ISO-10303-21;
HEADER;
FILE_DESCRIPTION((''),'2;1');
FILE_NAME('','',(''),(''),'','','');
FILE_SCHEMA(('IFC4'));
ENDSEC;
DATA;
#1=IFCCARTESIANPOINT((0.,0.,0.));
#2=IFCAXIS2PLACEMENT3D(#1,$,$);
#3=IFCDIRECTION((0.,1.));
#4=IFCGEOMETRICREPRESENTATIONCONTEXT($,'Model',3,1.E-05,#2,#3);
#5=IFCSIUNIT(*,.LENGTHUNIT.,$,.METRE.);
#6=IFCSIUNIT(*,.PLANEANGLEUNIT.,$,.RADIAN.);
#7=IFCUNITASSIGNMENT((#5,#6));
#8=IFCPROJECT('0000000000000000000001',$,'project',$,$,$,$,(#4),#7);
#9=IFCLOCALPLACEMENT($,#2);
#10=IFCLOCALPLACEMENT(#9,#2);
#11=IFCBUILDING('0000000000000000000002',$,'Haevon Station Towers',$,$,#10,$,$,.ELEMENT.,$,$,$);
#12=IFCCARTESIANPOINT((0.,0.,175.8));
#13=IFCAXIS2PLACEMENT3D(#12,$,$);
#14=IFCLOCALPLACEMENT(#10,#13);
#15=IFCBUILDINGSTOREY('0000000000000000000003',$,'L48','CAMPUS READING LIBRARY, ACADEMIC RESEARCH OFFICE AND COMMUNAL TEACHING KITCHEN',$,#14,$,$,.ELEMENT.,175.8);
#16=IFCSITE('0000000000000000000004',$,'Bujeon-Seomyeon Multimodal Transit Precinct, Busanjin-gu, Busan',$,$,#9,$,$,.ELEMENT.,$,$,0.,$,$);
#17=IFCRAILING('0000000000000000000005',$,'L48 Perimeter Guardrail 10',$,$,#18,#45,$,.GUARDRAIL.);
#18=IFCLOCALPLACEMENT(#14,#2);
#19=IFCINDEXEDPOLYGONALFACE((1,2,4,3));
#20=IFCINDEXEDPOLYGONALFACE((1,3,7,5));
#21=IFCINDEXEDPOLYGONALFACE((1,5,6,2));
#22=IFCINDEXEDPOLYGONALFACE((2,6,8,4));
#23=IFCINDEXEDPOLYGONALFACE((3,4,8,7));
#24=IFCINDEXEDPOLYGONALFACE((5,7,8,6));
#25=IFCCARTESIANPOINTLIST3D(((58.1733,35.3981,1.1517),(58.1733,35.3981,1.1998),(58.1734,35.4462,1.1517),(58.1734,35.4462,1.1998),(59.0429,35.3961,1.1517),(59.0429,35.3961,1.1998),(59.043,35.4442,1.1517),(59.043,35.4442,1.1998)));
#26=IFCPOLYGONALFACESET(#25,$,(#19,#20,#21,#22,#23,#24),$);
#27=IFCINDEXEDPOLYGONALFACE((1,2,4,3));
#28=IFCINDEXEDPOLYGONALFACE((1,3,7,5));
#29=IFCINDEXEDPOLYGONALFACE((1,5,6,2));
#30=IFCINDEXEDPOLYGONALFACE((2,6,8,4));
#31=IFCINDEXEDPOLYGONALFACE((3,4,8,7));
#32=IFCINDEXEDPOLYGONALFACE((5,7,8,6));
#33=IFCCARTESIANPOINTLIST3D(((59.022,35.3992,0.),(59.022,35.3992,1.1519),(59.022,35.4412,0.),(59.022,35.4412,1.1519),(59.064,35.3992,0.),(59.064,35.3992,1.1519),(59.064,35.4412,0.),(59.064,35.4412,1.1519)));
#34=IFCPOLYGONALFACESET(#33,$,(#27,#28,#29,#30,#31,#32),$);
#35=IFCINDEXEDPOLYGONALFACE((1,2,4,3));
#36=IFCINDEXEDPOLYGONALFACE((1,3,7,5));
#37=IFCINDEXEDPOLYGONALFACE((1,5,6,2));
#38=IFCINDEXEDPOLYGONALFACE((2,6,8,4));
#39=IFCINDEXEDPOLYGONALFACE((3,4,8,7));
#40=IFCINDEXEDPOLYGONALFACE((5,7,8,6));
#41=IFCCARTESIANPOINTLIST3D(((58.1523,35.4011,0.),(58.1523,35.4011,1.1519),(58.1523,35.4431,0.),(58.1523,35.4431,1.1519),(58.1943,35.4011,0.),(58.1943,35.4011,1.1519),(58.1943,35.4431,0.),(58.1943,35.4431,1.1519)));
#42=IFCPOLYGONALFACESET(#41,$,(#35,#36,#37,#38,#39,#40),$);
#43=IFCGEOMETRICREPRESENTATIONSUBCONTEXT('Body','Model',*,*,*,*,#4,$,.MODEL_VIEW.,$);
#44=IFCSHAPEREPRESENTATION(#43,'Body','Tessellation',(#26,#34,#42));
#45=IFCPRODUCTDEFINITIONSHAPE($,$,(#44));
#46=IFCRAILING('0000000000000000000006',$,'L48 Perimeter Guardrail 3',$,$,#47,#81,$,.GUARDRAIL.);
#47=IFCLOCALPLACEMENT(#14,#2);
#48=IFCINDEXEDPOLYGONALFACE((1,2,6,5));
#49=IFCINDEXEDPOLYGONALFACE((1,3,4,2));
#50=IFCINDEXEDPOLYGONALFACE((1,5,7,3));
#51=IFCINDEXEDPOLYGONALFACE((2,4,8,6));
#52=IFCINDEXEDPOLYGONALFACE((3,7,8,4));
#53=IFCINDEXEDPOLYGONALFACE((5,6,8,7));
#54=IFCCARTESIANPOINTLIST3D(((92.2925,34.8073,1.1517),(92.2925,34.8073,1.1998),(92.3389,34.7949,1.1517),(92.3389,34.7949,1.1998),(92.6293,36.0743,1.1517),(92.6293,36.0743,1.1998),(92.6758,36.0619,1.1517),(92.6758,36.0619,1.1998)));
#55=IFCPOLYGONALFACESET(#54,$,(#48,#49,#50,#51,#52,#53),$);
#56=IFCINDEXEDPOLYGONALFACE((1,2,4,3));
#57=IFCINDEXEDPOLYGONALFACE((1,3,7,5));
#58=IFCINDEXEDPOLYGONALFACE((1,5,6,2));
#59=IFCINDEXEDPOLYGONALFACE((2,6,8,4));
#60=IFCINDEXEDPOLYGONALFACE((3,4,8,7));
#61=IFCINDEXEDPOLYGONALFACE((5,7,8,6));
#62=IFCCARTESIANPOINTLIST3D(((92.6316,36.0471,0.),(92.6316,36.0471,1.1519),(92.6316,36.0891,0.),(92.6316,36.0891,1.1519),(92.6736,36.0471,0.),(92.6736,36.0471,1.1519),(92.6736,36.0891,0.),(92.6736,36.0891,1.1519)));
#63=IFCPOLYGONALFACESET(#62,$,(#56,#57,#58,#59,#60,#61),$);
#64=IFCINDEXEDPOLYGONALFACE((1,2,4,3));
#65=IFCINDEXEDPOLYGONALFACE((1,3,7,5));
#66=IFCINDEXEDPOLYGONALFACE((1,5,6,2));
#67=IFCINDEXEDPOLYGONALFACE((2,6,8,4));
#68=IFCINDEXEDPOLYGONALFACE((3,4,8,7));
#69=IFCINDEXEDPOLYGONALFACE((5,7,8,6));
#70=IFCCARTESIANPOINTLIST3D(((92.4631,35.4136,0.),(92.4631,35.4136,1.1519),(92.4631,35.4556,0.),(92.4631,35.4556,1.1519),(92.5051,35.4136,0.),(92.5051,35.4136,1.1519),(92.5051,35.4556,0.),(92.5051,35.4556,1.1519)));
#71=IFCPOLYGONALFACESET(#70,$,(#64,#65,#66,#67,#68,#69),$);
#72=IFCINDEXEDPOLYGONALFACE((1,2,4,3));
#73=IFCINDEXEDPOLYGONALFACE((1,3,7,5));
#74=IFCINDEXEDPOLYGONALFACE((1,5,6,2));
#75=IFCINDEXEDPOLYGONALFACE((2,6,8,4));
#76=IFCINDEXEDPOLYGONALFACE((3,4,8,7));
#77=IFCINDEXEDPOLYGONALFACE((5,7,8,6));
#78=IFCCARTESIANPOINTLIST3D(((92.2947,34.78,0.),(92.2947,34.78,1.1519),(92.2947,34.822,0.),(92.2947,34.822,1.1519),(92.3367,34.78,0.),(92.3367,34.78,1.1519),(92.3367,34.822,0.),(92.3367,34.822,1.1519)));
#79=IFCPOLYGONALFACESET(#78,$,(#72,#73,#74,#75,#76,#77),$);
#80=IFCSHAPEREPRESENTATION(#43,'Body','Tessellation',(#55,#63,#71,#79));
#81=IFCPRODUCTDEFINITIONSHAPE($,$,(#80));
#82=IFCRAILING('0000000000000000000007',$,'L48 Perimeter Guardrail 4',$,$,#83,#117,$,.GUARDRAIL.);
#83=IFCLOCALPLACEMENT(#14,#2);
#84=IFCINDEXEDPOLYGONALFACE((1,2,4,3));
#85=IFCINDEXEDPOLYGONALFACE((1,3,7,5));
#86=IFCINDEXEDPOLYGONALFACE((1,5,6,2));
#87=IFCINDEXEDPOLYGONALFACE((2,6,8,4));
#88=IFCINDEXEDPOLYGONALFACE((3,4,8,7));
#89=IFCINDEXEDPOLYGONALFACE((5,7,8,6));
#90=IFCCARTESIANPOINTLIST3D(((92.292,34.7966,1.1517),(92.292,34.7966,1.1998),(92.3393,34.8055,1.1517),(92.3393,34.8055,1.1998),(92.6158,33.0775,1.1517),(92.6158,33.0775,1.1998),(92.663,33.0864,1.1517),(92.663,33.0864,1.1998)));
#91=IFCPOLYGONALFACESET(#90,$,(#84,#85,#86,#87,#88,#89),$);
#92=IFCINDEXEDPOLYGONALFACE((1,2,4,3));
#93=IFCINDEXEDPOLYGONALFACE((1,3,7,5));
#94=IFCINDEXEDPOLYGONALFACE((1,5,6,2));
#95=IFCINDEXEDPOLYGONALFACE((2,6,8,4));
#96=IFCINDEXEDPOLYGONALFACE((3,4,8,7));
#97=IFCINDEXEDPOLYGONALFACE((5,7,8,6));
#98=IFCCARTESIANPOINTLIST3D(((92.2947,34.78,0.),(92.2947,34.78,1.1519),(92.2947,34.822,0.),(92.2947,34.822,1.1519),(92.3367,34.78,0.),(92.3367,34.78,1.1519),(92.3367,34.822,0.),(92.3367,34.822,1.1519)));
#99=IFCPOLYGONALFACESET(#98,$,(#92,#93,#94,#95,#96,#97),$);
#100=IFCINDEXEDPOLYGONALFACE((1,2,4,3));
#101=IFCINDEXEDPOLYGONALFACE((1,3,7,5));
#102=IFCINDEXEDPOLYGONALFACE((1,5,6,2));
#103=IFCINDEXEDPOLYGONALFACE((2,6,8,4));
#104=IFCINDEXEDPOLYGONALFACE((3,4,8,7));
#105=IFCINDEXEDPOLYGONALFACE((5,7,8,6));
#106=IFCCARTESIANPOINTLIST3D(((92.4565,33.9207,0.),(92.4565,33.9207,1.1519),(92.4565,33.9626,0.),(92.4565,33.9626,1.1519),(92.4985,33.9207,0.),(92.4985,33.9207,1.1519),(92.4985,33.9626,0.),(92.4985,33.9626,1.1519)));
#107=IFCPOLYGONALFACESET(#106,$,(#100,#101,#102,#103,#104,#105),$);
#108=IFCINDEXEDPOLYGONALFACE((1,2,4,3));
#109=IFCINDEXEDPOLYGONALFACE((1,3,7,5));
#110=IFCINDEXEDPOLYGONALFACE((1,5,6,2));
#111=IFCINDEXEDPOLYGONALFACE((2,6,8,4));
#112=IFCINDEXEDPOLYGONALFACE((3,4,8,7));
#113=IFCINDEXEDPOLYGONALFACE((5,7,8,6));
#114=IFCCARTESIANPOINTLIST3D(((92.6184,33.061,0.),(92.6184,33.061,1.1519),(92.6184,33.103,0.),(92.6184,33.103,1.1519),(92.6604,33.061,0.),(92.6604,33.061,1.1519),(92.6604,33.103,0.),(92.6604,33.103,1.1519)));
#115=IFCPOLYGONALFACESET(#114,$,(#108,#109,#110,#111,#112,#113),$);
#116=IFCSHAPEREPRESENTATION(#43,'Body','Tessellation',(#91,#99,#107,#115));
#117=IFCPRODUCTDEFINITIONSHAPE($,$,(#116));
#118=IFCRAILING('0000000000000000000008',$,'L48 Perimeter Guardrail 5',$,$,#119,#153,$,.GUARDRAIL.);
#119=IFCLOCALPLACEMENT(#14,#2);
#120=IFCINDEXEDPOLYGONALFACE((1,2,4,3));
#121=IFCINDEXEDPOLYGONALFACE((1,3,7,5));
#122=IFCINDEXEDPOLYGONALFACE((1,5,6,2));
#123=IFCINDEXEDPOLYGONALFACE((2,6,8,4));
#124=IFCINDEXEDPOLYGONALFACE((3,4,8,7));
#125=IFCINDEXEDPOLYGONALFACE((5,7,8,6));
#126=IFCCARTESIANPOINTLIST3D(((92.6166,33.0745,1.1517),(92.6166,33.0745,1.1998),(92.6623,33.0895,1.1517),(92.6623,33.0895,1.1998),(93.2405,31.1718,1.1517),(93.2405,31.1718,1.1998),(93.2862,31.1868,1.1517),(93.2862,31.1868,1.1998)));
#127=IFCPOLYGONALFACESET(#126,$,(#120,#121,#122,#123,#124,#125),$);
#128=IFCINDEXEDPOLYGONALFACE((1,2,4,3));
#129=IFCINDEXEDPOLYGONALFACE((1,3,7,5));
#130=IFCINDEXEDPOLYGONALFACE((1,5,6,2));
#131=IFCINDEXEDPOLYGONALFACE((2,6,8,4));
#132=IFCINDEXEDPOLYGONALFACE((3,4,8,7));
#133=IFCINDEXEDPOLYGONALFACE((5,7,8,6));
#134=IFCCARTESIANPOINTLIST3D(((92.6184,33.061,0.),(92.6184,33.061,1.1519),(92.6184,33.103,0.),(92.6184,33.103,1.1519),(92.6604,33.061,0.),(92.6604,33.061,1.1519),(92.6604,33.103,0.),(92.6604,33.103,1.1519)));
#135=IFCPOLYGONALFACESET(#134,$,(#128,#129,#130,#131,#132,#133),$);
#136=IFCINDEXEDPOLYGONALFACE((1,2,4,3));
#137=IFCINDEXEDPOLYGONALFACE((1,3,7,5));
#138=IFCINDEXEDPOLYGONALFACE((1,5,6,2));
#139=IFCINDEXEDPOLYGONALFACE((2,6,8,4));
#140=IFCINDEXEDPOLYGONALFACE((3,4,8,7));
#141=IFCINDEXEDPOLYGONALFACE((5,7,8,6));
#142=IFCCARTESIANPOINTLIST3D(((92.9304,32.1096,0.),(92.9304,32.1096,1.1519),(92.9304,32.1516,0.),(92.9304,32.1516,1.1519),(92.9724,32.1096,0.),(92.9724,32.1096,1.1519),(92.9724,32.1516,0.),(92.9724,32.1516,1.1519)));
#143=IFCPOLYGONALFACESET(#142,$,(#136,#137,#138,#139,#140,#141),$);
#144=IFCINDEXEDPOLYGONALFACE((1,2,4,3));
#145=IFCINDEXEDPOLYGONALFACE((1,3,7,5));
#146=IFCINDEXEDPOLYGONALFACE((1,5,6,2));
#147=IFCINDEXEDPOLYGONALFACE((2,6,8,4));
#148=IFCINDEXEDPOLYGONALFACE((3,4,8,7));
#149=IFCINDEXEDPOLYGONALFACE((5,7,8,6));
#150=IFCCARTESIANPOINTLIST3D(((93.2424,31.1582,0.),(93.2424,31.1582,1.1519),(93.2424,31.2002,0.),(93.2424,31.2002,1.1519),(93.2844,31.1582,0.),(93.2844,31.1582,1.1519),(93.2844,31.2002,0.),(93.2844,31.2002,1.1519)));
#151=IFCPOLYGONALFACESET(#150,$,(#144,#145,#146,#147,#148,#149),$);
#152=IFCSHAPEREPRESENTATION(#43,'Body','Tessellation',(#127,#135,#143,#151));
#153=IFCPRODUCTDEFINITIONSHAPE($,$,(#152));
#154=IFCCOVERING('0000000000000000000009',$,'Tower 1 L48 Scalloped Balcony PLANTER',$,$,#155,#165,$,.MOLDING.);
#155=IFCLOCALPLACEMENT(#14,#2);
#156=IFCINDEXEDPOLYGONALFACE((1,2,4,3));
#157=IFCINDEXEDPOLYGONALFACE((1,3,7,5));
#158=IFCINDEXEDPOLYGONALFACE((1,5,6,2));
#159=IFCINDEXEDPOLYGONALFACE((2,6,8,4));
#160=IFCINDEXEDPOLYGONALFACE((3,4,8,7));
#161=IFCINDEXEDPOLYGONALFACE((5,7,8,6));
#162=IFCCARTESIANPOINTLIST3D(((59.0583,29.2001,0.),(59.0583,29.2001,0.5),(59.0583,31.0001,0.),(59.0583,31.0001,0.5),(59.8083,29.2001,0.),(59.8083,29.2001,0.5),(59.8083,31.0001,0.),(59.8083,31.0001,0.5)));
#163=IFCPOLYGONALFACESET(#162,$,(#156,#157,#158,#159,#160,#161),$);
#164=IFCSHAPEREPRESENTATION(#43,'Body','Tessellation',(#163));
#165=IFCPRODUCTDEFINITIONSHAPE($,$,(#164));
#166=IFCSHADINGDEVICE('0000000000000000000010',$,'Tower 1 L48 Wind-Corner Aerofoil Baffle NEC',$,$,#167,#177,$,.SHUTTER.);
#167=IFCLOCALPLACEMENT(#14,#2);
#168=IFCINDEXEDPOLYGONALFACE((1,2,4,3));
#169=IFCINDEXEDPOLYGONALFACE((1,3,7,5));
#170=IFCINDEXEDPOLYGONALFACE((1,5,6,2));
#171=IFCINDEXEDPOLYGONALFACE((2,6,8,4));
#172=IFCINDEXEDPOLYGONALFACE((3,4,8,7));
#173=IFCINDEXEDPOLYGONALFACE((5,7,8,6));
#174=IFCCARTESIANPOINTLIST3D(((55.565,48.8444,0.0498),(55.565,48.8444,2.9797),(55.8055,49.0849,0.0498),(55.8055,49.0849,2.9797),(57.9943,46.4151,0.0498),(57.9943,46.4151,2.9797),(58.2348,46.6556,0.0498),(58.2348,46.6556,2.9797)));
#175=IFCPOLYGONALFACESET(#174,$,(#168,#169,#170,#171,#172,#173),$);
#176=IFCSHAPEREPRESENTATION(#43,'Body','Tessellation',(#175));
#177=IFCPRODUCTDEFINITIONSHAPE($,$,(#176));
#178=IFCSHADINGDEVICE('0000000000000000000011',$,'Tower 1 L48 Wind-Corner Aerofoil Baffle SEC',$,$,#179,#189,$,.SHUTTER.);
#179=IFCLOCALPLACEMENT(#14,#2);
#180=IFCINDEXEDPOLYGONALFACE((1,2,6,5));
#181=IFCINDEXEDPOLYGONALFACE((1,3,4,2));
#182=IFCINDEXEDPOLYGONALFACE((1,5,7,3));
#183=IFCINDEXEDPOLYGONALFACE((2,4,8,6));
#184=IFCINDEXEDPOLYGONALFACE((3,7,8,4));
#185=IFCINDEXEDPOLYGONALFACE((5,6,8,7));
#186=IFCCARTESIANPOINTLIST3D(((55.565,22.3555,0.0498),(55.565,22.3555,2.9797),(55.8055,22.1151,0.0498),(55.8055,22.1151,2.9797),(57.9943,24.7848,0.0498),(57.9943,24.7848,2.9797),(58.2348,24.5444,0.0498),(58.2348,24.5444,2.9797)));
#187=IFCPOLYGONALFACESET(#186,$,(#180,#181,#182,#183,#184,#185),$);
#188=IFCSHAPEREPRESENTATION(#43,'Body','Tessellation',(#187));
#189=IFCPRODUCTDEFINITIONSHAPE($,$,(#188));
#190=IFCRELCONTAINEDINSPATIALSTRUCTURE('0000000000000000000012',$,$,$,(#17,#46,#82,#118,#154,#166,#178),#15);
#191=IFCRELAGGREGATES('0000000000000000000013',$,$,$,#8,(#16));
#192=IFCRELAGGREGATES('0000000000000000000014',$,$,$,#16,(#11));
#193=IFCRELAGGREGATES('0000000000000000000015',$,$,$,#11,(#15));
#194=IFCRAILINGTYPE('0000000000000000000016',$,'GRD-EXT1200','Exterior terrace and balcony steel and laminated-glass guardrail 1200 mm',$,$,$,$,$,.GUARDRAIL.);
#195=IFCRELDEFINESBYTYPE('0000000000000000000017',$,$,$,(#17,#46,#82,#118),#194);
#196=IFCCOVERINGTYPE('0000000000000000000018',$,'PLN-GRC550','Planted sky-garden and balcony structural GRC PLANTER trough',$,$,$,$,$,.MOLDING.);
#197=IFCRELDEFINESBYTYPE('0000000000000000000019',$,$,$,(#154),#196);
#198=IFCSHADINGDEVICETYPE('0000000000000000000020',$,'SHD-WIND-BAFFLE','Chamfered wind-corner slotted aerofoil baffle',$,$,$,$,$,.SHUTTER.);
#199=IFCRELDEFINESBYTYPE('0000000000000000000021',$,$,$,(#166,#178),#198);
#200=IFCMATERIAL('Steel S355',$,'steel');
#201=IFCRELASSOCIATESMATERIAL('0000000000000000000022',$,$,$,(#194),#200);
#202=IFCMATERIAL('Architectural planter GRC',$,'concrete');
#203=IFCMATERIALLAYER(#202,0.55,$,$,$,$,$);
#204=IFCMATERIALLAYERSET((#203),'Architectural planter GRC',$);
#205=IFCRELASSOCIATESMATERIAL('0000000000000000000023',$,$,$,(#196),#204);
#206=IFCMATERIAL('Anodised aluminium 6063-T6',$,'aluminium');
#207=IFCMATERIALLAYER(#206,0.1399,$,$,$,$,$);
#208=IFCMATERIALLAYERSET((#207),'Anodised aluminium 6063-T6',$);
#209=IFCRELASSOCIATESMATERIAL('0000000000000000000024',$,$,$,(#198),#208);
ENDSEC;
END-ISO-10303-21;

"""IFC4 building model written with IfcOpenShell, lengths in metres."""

from ifc_helpers import new_model, si_unit, direction, frame, origin, origin_2d, place, context, subcontext, project, spatial, rectangle, extrude, material, layer, layer_set, type_object, element, save


model = new_model("IFC4")

# Units and contexts
model_context = context("Model", 3, precision=1e-05, world=origin(), true_north=direction((0.0, 1.0)))
body_context = subcontext(model_context, "Body", "Model", "MODEL_VIEW")
ifc_project = project(units=[si_unit("LENGTHUNIT", "METRE"), si_unit("PLANEANGLEUNIT", "RADIAN")], contexts=[model_context])

# Site, building, storey
site_placement = place(None, origin())
site = spatial("IfcSite", under=ifc_project, at=site_placement, Name="Bujeon-Seomyeon Multimodal Transit Precinct, Busanjin-gu, Busan", CompositionType="ELEMENT", RefElevation=0.0)
building_placement = place(site_placement, origin())
building = spatial("IfcBuilding", under=site, at=building_placement, Name="Haevon Station Towers", CompositionType="ELEMENT")
storey_placement = place(building_placement, frame((0.0, 0.0, 175.8)))
storey = spatial("IfcBuildingStorey", under=building, at=storey_placement, Name="L48", Description="CAMPUS READING LIBRARY, ACADEMIC RESEARCH OFFICE AND COMMUNAL TEACHING KITCHEN", CompositionType="ELEMENT", Elevation=175.8)

# Shared definitions
ifc_material_1 = material(Name="Steel S355", Category="steel")

# Railings
railing_type = type_object("IfcRailingType", Name="GRD-EXT1200", Description="Exterior terrace and balcony steel and laminated-glass guardrail 1200 mm", PredefinedType="GUARDRAIL", material=ifc_material_1)
railing_1_placement = place(storey_placement, frame((59.043, 35.4202, 0.0)))
element("IfcRailing", 1, at=railing_1_placement, inside=storey, type_object=railing_type, Name="L48 Perimeter Guardrail 10", PredefinedType="GUARDRAIL", context=body_context, shape_type="SweptSolid", body=[
    extrude(rectangle(XDim=0.0481, YDim=0.0481, at=origin_2d()), frame((0.0, 0.0, 1.1758), z_axis=(-0.999997, 0.002246, 0.0), x_axis=(-0.002246, -0.999997, 0.0)), (0.0, 0.0, 1.0), 0.8696),
    extrude(rectangle(XDim=0.042, YDim=0.042, at=origin_2d()), origin(), (0.0, 0.0, 1.0), 1.1519),
    extrude(rectangle(XDim=0.042, YDim=0.042, at=origin_2d()), frame((-0.8696, 0.002, 0.0)), (0.0, 0.0, 1.0), 1.1519),
])
railing_2_placement = place(storey_placement, frame((92.6526, 36.0681, 0.0)))
element("IfcRailing", 2, at=railing_2_placement, inside=storey, type_object=railing_type, Name="L48 Perimeter Guardrail 3", PredefinedType="GUARDRAIL", context=body_context, shape_type="SweptSolid", body=[
    extrude(rectangle(XDim=0.0481, YDim=0.0481, at=origin_2d()), frame((0.0, 0.0, 1.1758), z_axis=(-0.256967, -0.96642, 0.0), x_axis=(0.96642, -0.256967, 0.0)), (0.0, 0.0, 1.0), 1.311),
    extrude(rectangle(XDim=0.042, YDim=0.042, at=origin_2d()), origin(), (0.0, 0.0, 1.0), 1.1519),
    extrude(rectangle(XDim=0.042, YDim=0.042, at=origin_2d()), frame((-0.1685, -0.6335, 0.0)), (0.0, 0.0, 1.0), 1.1519),
    extrude(rectangle(XDim=0.042, YDim=0.042, at=origin_2d()), frame((-0.3369, -1.2671, 0.0)), (0.0, 0.0, 1.0), 1.1519),
])
railing_3_placement = place(storey_placement, frame((92.3157, 34.801, 0.0)))
element("IfcRailing", 3, at=railing_3_placement, inside=storey, type_object=railing_type, Name="L48 Perimeter Guardrail 4", PredefinedType="GUARDRAIL", context=body_context, shape_type="SweptSolid", body=[
    extrude(rectangle(XDim=0.0481, YDim=0.0481, at=origin_2d()), frame((0.0, 0.0, 1.1758), z_axis=(0.185072, -0.982725, 0.0), x_axis=(0.982725, 0.185072, 0.0)), (0.0, 0.0, 1.0), 1.7493),
    extrude(rectangle(XDim=0.042, YDim=0.042, at=origin_2d()), origin(), (0.0, 0.0, 1.0), 1.1519),
    extrude(rectangle(XDim=0.042, YDim=0.042, at=origin_2d()), frame((0.1619, -0.8594, 0.0)), (0.0, 0.0, 1.0), 1.1519),
    extrude(rectangle(XDim=0.042, YDim=0.042, at=origin_2d()), frame((0.3237, -1.719, 0.0)), (0.0, 0.0, 1.0), 1.1519),
])
railing_4_placement = place(storey_placement, frame((92.6394, 33.082, 0.0)))
element("IfcRailing", 4, at=railing_4_placement, inside=storey, type_object=railing_type, Name="L48 Perimeter Guardrail 5", PredefinedType="GUARDRAIL", context=body_context, shape_type="SweptSolid", body=[
    extrude(rectangle(XDim=0.0481, YDim=0.0481, at=origin_2d()), frame((0.0, 0.0, 1.1758), z_axis=(0.311616, -0.950208, 0.0), x_axis=(0.950208, 0.311616, 0.0)), (0.0, 0.0, 1.0), 2.0024),
    extrude(rectangle(XDim=0.042, YDim=0.042, at=origin_2d()), origin(), (0.0, 0.0, 1.0), 1.1519),
    extrude(rectangle(XDim=0.042, YDim=0.042, at=origin_2d()), frame((0.312, -0.9514, 0.0)), (0.0, 0.0, 1.0), 1.1519),
    extrude(rectangle(XDim=0.042, YDim=0.042, at=origin_2d()), frame((0.624, -1.9028, 0.0)), (0.0, 0.0, 1.0), 1.1519),
])

# Covering
ifc_material_2 = material(Name="Architectural planter GRC", Category="concrete")
ifc_layer_1 = layer(ifc_material_2, 0.55)
ifc_layer_set_1 = layer_set([ifc_layer_1], Name="Architectural planter GRC")
covering_type = type_object("IfcCoveringType", Name="PLN-GRC550", Description="Planted sky-garden and balcony structural GRC PLANTER trough", PredefinedType="MOLDING", material=ifc_layer_set_1)
covering_placement = place(storey_placement, frame((59.4333, 30.1001, 0.0), z_axis=(0.0, 0.0, 1.0), x_axis=(1.0, 0.0, 0.0)))
element("IfcCovering", 5, at=covering_placement, inside=storey, type_object=covering_type, Name="Tower 1 L48 Scalloped Balcony PLANTER", PredefinedType="MOLDING", context=body_context, shape_type="SweptSolid", body=[
    extrude(rectangle(XDim=0.75, YDim=1.8, at=origin_2d()), origin(), (0.0, 0.0, 1.0), 0.5),
])

# Shading devices
ifc_material_3 = material(Name="Anodised aluminium 6063-T6", Category="aluminium")
ifc_layer_2 = layer(ifc_material_3, 0.1399)
ifc_layer_set_2 = layer_set([ifc_layer_2], Name="Anodised aluminium 6063-T6")
shading_device_type = type_object("IfcShadingDeviceType", Name="SHD-WIND-BAFFLE", Description="Chamfered wind-corner slotted aerofoil baffle", PredefinedType="SHUTTER", material=ifc_layer_set_2)
for number, where, z_axis, x_axis, name in (
    (6, (56.8999, 47.75, 0.0498), (0.0, 0.0, 1.0), (0.707107, -0.707107, 0.0), "Tower 1 L48 Wind-Corner Aerofoil Baffle NEC"),
    (7, (56.8999, 23.45, 0.0498), (0.0, 0.0, 1.0), (-0.707107, -0.707107, 0.0), "Tower 1 L48 Wind-Corner Aerofoil Baffle SEC"),
):
    element("IfcShadingDevice", number, at=place(storey_placement, frame(where, z_axis=z_axis, x_axis=x_axis)), inside=storey, type_object=shading_device_type, Name=name, PredefinedType="SHUTTER", context=body_context, shape_type="SweptSolid", body=[
        extrude(rectangle(XDim=3.4355, YDim=0.3401, at=origin_2d()), origin(), (0.0, 0.0, 1.0), 2.9299),
    ])

save(model, "model.ifc")
